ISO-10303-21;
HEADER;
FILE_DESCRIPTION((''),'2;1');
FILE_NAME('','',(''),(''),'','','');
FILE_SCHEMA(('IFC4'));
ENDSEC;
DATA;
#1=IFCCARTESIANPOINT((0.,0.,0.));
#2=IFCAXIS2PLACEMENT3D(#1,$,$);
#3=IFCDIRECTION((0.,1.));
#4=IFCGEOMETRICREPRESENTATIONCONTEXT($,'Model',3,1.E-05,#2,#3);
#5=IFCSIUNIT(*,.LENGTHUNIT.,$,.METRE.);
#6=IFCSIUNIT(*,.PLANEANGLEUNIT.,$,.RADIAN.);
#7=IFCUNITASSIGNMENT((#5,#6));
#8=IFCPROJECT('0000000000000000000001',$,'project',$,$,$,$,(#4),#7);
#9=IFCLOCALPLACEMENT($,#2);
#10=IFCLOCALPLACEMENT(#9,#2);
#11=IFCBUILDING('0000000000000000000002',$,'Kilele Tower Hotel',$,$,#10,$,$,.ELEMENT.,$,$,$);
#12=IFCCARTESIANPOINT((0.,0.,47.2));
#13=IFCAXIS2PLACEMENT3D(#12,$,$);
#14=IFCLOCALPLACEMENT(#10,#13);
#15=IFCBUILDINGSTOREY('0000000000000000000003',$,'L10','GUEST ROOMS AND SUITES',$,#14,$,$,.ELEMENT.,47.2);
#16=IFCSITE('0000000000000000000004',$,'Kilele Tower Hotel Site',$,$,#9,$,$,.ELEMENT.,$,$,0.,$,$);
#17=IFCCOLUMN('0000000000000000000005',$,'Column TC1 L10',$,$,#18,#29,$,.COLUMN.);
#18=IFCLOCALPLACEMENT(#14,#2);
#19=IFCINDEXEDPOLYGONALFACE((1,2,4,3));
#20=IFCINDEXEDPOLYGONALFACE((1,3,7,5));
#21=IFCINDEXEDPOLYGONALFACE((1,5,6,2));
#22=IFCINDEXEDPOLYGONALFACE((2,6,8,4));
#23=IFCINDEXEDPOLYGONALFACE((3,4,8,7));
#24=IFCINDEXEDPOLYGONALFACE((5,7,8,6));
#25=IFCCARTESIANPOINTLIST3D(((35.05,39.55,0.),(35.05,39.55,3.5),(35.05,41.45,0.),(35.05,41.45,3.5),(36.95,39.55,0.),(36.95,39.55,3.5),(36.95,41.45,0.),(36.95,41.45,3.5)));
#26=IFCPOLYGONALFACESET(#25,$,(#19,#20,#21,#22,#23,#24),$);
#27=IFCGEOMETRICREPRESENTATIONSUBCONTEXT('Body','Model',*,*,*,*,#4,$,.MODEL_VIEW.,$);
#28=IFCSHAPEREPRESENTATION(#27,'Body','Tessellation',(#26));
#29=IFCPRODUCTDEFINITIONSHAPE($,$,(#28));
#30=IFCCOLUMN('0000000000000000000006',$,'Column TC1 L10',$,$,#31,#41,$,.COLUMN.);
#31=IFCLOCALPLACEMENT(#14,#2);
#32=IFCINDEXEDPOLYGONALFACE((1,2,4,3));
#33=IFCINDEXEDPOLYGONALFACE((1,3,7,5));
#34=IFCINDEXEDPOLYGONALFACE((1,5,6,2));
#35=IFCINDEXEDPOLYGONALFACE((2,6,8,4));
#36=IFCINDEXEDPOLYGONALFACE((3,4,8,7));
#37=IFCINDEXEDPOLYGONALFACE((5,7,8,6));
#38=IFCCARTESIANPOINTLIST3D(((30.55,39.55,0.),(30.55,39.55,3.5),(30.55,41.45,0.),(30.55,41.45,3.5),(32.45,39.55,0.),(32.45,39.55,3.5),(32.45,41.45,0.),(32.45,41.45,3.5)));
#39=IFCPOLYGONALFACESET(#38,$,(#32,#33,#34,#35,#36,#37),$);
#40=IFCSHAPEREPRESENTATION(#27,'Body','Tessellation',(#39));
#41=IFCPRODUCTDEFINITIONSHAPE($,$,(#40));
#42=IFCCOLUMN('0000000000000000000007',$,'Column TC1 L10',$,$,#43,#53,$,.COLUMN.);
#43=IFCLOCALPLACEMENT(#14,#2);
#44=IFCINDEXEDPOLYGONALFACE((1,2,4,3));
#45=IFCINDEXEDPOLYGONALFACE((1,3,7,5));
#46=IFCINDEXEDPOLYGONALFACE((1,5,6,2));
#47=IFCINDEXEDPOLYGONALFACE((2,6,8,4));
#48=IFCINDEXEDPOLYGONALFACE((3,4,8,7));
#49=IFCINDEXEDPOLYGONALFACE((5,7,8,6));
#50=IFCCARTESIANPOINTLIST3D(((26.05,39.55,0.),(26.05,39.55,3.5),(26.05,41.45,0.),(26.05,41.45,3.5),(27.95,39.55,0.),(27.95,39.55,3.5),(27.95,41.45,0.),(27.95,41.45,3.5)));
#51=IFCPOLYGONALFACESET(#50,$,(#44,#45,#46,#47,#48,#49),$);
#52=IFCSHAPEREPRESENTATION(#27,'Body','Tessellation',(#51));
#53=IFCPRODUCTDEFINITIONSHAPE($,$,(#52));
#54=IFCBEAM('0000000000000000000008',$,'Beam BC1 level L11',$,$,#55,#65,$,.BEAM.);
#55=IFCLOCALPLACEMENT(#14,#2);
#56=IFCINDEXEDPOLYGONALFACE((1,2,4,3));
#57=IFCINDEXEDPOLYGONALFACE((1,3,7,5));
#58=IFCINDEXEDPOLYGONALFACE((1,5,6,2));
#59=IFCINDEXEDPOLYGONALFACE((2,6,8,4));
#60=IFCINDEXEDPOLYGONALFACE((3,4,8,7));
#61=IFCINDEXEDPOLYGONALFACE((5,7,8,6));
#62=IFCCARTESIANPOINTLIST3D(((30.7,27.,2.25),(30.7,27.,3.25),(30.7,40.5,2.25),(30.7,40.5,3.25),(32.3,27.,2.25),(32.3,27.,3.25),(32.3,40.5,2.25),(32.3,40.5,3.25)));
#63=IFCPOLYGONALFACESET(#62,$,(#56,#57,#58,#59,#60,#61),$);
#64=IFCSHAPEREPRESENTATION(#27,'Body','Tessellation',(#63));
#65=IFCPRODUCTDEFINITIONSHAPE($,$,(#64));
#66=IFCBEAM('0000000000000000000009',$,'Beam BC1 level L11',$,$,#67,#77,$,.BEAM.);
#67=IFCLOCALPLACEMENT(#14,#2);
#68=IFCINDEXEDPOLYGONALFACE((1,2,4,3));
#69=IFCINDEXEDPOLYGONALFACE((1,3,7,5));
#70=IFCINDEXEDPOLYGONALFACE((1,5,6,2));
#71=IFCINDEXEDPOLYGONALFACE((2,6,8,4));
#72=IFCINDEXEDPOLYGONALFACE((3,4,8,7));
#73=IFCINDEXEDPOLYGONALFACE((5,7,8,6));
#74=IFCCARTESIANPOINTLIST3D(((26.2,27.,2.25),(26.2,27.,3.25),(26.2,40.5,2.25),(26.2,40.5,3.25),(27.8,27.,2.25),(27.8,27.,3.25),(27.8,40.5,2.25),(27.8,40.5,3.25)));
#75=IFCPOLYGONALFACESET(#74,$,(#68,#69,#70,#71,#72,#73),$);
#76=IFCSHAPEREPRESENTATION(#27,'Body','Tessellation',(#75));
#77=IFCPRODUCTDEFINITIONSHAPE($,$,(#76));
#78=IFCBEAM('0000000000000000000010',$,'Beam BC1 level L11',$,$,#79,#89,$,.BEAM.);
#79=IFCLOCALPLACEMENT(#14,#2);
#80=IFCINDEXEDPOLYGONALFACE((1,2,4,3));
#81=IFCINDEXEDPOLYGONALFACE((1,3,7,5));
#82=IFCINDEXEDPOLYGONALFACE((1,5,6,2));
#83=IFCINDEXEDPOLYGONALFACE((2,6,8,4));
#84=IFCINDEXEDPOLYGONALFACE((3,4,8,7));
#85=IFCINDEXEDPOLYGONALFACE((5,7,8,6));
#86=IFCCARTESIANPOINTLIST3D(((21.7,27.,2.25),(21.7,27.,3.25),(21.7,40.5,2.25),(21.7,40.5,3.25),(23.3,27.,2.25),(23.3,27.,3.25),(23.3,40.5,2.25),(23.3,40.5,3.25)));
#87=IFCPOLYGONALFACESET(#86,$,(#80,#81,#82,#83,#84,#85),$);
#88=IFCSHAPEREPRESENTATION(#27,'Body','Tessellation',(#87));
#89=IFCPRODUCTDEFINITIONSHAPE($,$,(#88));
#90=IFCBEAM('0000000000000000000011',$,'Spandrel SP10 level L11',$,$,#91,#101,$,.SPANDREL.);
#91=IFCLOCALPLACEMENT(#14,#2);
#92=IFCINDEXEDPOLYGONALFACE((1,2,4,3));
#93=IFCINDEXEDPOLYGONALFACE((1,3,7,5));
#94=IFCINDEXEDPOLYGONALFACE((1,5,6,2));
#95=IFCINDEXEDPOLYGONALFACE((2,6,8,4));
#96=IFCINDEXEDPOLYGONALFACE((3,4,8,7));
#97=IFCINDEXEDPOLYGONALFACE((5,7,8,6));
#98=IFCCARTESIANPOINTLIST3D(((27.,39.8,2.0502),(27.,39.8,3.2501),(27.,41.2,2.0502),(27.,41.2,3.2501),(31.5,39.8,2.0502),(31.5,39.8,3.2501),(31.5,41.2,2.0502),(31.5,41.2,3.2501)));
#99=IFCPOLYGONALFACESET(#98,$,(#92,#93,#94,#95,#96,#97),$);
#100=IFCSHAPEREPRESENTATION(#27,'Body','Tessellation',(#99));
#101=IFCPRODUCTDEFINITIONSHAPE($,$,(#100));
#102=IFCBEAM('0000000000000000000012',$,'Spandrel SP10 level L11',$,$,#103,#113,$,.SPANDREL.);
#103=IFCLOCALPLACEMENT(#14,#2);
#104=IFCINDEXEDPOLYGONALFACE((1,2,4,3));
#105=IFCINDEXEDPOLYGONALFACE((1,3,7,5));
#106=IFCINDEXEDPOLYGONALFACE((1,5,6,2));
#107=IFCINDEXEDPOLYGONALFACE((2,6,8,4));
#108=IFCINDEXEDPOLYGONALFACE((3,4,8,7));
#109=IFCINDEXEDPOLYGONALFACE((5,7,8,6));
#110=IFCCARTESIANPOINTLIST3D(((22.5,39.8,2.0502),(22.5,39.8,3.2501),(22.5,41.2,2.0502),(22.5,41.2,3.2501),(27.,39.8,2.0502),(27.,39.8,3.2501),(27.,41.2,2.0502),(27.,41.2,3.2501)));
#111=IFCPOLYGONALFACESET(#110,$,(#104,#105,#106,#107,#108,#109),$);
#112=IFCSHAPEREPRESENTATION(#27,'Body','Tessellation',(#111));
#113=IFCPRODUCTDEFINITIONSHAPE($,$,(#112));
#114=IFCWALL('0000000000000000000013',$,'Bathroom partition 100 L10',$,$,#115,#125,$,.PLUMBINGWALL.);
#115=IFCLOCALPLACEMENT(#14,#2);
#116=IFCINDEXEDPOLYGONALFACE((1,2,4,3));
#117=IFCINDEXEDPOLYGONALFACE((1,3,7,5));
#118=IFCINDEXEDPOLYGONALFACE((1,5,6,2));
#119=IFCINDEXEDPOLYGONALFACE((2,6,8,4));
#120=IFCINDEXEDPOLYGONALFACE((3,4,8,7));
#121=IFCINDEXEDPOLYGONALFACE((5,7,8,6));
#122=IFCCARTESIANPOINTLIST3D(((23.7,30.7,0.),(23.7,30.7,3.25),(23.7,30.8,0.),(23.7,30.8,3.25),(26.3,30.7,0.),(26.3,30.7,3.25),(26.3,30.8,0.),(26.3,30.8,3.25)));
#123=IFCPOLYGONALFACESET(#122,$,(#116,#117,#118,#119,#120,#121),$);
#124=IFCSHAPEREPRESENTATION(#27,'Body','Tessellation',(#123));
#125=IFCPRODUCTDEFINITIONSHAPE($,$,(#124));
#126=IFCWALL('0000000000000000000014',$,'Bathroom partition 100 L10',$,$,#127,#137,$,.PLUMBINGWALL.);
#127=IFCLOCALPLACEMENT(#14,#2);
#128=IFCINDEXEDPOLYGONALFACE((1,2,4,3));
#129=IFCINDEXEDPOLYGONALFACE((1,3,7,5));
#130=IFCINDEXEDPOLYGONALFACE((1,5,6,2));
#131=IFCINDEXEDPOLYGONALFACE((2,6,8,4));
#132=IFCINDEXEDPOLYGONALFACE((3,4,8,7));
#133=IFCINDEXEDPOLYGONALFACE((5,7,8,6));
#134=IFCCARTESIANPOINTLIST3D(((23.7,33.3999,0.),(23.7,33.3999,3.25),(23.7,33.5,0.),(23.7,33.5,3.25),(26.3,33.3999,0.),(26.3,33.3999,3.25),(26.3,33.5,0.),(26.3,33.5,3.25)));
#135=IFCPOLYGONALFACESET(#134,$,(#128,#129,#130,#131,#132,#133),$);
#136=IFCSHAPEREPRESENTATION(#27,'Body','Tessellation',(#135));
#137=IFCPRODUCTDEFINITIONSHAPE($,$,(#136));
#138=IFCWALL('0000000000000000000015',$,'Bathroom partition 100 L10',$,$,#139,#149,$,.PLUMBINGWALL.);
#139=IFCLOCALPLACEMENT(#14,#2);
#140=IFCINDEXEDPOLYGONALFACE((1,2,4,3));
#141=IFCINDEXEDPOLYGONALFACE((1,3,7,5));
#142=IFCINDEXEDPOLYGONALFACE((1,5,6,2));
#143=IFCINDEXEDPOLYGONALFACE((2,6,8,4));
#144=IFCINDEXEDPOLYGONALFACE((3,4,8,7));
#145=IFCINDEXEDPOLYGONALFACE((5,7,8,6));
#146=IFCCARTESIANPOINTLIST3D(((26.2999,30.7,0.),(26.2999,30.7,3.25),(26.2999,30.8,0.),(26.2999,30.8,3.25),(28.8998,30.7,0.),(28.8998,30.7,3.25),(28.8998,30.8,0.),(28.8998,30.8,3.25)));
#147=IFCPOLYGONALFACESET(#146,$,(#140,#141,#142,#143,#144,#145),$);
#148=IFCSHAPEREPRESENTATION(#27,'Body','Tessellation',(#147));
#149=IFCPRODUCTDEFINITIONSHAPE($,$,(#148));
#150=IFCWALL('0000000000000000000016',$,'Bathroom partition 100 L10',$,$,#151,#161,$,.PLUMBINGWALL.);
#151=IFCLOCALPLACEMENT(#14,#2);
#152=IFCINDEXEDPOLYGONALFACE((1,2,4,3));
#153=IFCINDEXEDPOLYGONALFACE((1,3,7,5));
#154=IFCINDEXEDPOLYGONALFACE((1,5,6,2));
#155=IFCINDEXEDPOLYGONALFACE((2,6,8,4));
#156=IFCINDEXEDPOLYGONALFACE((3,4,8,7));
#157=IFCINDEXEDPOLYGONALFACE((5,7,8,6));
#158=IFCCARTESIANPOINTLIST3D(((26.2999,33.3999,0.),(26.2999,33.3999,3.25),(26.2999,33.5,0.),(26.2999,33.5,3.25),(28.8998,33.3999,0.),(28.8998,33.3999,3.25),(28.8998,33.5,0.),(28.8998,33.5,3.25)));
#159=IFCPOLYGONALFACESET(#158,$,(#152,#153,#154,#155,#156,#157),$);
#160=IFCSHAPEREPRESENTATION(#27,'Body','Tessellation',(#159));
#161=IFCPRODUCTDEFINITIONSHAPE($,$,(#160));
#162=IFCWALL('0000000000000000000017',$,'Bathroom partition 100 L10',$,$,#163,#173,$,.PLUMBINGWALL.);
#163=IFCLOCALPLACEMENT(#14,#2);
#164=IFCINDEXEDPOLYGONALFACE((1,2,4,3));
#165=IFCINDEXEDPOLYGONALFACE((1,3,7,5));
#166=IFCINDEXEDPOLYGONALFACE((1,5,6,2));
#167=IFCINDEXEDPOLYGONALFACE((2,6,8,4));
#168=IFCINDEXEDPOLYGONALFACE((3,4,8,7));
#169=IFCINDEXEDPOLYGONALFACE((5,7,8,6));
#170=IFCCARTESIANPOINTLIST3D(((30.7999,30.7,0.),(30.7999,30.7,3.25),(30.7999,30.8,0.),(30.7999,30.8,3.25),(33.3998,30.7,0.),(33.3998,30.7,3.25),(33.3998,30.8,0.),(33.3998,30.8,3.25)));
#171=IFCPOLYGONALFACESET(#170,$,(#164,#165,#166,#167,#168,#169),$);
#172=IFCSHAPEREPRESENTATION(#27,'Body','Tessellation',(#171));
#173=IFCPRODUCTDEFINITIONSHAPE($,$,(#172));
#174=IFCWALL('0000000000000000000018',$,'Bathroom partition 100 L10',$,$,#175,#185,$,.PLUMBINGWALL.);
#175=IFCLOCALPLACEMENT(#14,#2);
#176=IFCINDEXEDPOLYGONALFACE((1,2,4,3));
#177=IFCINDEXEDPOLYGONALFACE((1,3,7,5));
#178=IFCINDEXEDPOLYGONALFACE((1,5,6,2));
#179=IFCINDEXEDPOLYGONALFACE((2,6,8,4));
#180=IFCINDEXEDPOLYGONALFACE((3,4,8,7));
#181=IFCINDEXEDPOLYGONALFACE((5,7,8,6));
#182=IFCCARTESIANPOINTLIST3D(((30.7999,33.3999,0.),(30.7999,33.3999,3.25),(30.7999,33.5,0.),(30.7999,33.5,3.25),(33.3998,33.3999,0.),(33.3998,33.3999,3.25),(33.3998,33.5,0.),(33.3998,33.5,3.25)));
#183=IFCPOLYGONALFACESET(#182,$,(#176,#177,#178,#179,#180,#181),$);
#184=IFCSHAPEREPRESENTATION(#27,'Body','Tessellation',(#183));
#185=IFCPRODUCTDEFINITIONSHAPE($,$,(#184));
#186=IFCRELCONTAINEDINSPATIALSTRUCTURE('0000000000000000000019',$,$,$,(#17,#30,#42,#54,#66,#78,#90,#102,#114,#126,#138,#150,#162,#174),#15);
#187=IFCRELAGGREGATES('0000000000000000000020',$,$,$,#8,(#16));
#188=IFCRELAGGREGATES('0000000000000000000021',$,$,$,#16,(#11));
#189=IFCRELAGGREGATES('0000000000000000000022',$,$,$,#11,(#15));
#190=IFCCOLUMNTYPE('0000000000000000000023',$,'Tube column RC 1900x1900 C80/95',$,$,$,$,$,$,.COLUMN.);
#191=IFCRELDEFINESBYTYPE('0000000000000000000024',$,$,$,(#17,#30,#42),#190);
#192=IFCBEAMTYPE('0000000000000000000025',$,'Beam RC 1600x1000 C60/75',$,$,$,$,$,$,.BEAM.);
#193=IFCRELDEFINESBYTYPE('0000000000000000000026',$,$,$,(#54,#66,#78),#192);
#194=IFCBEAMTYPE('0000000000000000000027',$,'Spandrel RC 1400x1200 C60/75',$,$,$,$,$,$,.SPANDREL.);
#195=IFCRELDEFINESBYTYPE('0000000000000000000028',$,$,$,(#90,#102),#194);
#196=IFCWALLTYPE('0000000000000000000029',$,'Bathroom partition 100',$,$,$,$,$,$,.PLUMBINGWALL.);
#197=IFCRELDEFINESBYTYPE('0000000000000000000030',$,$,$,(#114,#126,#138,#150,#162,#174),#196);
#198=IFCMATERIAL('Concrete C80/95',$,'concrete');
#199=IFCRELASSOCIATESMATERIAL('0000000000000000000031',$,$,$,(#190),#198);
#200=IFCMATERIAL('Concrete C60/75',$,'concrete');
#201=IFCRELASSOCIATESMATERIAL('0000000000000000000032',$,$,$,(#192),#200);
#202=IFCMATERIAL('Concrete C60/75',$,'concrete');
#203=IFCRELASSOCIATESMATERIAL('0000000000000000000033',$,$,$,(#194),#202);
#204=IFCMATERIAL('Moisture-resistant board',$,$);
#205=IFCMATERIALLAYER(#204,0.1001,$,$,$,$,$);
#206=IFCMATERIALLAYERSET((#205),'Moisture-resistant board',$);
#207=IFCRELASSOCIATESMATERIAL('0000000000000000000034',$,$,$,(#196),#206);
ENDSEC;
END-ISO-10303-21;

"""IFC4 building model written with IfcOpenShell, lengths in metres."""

from ifc_helpers import new_model, si_unit, direction, frame, frame_2d, origin, origin_2d, place, context, subcontext, project, spatial, rectangle, extrude, material, layer, layer_set, material_profile, profile_set, type_object, element, save


model = new_model("IFC4")

# Units and contexts
model_context = context("Model", 3, precision=1e-05, world=origin(), true_north=direction((0.0, 1.0)))
body_context = subcontext(model_context, "Body", "Model", "MODEL_VIEW")
ifc_project = project(units=[si_unit("LENGTHUNIT", "METRE"), si_unit("PLANEANGLEUNIT", "RADIAN")], contexts=[model_context])

# Site, building, storey
site_placement = place(None, origin())
site = spatial("IfcSite", under=ifc_project, at=site_placement, Name="Kilele Tower Hotel Site", CompositionType="ELEMENT", RefElevation=0.0)
building_placement = place(site_placement, origin())
building = spatial("IfcBuilding", under=site, at=building_placement, Name="Kilele Tower Hotel", CompositionType="ELEMENT")
storey_placement = place(building_placement, frame((0.0, 0.0, 47.2)))
storey = spatial("IfcBuildingStorey", under=building, at=storey_placement, Name="L10", Description="GUEST ROOMS AND SUITES", CompositionType="ELEMENT", Elevation=47.2)

# Columns
ifc_material_1 = material(Name="Concrete C80/95", Category="concrete")
ifc_material_profile_1 = material_profile(ifc_material_1, rectangle(XDim=1.8999, YDim=1.8999, at=origin_2d()))
ifc_profile_set_1 = profile_set([ifc_material_profile_1], Name="Concrete C80/95")
column_type = type_object("IfcColumnType", Name="Tube column RC 1900x1900 C80/95", PredefinedType="COLUMN", material=ifc_profile_set_1)
for number, where, z_axis, x_axis, name in (
    (1, (36.0, 40.5, 0.0), (0.0, 0.0, 1.0), (1.0, 0.0, 0.0), "Column TC1 L10"),
    (2, (31.5, 40.5, 0.0), (0.0, 0.0, 1.0), (1.0, 0.0, 0.0), "Column TC1 L10"),
    (3, (27.0, 40.5, 0.0), (0.0, 0.0, 1.0), (1.0, 0.0, 0.0), "Column TC1 L10"),
):
    element("IfcColumn", number, at=place(storey_placement, frame(where, z_axis=z_axis, x_axis=x_axis)), inside=storey, type_object=column_type, Name=name, PredefinedType="COLUMN", context=body_context, shape_type="SweptSolid", body=[
        extrude(rectangle(XDim=1.8999, YDim=1.8999, at=origin_2d()), origin(), (0.0, 0.0, 1.0), 3.5),
    ])

# Beams
ifc_material_2 = material(Name="Concrete C60/75", Category="concrete")
ifc_material_profile_2 = material_profile(ifc_material_2, rectangle(XDim=1.6001, YDim=1.0, at=origin_2d()))
ifc_profile_set_2 = profile_set([ifc_material_profile_2], Name="Concrete C60/75")
beam_type_1 = type_object("IfcBeamType", Name="Beam RC 1600x1000 C60/75", PredefinedType="BEAM", material=ifc_profile_set_2)
for number, where, z_axis, x_axis, name in (
    (4, (31.5, 40.5, 2.75), (0.0, -1.0, 0.0), (1.0, 0.0, 0.0), "Beam BC1 level L11"),
    (5, (27.0, 40.5, 2.75), (0.0, -1.0, 0.0), (1.0, 0.0, 0.0), "Beam BC1 level L11"),
    (6, (22.5, 40.5, 2.75), (0.0, -1.0, 0.0), (1.0, 0.0, 0.0), "Beam BC1 level L11"),
):
    element("IfcBeam", number, at=place(storey_placement, frame(where, z_axis=z_axis, x_axis=x_axis)), inside=storey, type_object=beam_type_1, Name=name, PredefinedType="BEAM", context=body_context, shape_type="SweptSolid", body=[
        extrude(rectangle(XDim=1.6001, YDim=1.0, at=origin_2d()), origin(), (0.0, 0.0, 1.0), 13.5),
    ])
ifc_material_3 = material(Name="Concrete C60/75", Category="concrete")
ifc_material_profile_3 = material_profile(ifc_material_3, rectangle(XDim=1.3999, YDim=1.2, at=origin_2d()))
ifc_profile_set_3 = profile_set([ifc_material_profile_3], Name="Concrete C60/75")
beam_type_2 = type_object("IfcBeamType", Name="Spandrel RC 1400x1200 C60/75", PredefinedType="SPANDREL", material=ifc_profile_set_3)
for number, where, z_axis, x_axis, name in (
    (7, (31.5, 40.5, 2.6501), (-1.0, 0.0, 0.0), (0.0, -1.0, 0.0), "Spandrel SP10 level L11"),
    (8, (27.0, 40.5, 2.6501), (-1.0, 0.0, 0.0), (0.0, -1.0, 0.0), "Spandrel SP10 level L11"),
):
    element("IfcBeam", number, at=place(storey_placement, frame(where, z_axis=z_axis, x_axis=x_axis)), inside=storey, type_object=beam_type_2, Name=name, PredefinedType="SPANDREL", context=body_context, shape_type="SweptSolid", body=[
        extrude(rectangle(XDim=1.3999, YDim=1.2, at=origin_2d()), origin(), (0.0, 0.0, 1.0), 4.5),
    ])

# Walls
ifc_material_4 = material(Name="Moisture-resistant board")
ifc_layer_1 = layer(ifc_material_4, 0.1001)
ifc_layer_set_1 = layer_set([ifc_layer_1], Name="Moisture-resistant board")
wall_type_1 = type_object("IfcWallType", Name="Bathroom partition 100", PredefinedType="PLUMBINGWALL", material=ifc_layer_set_1)
for number, where, z_axis, x_axis, name in (
    (9, (23.7, 30.75, 0.0), (0.0, 0.0, 1.0), (1.0, 0.0, 0.0), "Bathroom partition 100 L10"),
    (10, (23.7, 33.45, 0.0), (0.0, 0.0, 1.0), (1.0, 0.0, 0.0), "Bathroom partition 100 L10"),
):
    element("IfcWall", number, at=place(storey_placement, frame(where, z_axis=z_axis, x_axis=x_axis)), inside=storey, type_object=wall_type_1, Name=name, PredefinedType="PLUMBINGWALL", context=body_context, shape_type="SweptSolid", body=[
        extrude(rectangle(XDim=2.6001, YDim=0.1001, at=frame_2d((1.3, 0.0))), origin(), (0.0, 0.0, 1.0), 3.25),
    ])
for number, where, z_axis, x_axis, name in (
    (11, (26.3, 30.75, 0.0), (0.0, 0.0, 1.0), (1.0, 0.0, 0.0), "Bathroom partition 100 L10"),
    (12, (26.3, 33.45, 0.0), (0.0, 0.0, 1.0), (1.0, 0.0, 0.0), "Bathroom partition 100 L10"),
    (13, (30.8, 30.75, 0.0), (0.0, 0.0, 1.0), (1.0, 0.0, 0.0), "Bathroom partition 100 L10"),
    (14, (30.8, 33.45, 0.0), (0.0, 0.0, 1.0), (1.0, 0.0, 0.0), "Bathroom partition 100 L10"),
):
    element("IfcWall", number, at=place(storey_placement, frame(where, z_axis=z_axis, x_axis=x_axis)), inside=storey, type_object=wall_type_1, Name=name, PredefinedType="PLUMBINGWALL", context=body_context, shape_type="SweptSolid", body=[
        extrude(rectangle(XDim=2.5999, YDim=0.1001, at=frame_2d((1.2998, 0.0))), origin(), (0.0, 0.0, 1.0), 3.25),
    ])

save(model, "model.ifc")
